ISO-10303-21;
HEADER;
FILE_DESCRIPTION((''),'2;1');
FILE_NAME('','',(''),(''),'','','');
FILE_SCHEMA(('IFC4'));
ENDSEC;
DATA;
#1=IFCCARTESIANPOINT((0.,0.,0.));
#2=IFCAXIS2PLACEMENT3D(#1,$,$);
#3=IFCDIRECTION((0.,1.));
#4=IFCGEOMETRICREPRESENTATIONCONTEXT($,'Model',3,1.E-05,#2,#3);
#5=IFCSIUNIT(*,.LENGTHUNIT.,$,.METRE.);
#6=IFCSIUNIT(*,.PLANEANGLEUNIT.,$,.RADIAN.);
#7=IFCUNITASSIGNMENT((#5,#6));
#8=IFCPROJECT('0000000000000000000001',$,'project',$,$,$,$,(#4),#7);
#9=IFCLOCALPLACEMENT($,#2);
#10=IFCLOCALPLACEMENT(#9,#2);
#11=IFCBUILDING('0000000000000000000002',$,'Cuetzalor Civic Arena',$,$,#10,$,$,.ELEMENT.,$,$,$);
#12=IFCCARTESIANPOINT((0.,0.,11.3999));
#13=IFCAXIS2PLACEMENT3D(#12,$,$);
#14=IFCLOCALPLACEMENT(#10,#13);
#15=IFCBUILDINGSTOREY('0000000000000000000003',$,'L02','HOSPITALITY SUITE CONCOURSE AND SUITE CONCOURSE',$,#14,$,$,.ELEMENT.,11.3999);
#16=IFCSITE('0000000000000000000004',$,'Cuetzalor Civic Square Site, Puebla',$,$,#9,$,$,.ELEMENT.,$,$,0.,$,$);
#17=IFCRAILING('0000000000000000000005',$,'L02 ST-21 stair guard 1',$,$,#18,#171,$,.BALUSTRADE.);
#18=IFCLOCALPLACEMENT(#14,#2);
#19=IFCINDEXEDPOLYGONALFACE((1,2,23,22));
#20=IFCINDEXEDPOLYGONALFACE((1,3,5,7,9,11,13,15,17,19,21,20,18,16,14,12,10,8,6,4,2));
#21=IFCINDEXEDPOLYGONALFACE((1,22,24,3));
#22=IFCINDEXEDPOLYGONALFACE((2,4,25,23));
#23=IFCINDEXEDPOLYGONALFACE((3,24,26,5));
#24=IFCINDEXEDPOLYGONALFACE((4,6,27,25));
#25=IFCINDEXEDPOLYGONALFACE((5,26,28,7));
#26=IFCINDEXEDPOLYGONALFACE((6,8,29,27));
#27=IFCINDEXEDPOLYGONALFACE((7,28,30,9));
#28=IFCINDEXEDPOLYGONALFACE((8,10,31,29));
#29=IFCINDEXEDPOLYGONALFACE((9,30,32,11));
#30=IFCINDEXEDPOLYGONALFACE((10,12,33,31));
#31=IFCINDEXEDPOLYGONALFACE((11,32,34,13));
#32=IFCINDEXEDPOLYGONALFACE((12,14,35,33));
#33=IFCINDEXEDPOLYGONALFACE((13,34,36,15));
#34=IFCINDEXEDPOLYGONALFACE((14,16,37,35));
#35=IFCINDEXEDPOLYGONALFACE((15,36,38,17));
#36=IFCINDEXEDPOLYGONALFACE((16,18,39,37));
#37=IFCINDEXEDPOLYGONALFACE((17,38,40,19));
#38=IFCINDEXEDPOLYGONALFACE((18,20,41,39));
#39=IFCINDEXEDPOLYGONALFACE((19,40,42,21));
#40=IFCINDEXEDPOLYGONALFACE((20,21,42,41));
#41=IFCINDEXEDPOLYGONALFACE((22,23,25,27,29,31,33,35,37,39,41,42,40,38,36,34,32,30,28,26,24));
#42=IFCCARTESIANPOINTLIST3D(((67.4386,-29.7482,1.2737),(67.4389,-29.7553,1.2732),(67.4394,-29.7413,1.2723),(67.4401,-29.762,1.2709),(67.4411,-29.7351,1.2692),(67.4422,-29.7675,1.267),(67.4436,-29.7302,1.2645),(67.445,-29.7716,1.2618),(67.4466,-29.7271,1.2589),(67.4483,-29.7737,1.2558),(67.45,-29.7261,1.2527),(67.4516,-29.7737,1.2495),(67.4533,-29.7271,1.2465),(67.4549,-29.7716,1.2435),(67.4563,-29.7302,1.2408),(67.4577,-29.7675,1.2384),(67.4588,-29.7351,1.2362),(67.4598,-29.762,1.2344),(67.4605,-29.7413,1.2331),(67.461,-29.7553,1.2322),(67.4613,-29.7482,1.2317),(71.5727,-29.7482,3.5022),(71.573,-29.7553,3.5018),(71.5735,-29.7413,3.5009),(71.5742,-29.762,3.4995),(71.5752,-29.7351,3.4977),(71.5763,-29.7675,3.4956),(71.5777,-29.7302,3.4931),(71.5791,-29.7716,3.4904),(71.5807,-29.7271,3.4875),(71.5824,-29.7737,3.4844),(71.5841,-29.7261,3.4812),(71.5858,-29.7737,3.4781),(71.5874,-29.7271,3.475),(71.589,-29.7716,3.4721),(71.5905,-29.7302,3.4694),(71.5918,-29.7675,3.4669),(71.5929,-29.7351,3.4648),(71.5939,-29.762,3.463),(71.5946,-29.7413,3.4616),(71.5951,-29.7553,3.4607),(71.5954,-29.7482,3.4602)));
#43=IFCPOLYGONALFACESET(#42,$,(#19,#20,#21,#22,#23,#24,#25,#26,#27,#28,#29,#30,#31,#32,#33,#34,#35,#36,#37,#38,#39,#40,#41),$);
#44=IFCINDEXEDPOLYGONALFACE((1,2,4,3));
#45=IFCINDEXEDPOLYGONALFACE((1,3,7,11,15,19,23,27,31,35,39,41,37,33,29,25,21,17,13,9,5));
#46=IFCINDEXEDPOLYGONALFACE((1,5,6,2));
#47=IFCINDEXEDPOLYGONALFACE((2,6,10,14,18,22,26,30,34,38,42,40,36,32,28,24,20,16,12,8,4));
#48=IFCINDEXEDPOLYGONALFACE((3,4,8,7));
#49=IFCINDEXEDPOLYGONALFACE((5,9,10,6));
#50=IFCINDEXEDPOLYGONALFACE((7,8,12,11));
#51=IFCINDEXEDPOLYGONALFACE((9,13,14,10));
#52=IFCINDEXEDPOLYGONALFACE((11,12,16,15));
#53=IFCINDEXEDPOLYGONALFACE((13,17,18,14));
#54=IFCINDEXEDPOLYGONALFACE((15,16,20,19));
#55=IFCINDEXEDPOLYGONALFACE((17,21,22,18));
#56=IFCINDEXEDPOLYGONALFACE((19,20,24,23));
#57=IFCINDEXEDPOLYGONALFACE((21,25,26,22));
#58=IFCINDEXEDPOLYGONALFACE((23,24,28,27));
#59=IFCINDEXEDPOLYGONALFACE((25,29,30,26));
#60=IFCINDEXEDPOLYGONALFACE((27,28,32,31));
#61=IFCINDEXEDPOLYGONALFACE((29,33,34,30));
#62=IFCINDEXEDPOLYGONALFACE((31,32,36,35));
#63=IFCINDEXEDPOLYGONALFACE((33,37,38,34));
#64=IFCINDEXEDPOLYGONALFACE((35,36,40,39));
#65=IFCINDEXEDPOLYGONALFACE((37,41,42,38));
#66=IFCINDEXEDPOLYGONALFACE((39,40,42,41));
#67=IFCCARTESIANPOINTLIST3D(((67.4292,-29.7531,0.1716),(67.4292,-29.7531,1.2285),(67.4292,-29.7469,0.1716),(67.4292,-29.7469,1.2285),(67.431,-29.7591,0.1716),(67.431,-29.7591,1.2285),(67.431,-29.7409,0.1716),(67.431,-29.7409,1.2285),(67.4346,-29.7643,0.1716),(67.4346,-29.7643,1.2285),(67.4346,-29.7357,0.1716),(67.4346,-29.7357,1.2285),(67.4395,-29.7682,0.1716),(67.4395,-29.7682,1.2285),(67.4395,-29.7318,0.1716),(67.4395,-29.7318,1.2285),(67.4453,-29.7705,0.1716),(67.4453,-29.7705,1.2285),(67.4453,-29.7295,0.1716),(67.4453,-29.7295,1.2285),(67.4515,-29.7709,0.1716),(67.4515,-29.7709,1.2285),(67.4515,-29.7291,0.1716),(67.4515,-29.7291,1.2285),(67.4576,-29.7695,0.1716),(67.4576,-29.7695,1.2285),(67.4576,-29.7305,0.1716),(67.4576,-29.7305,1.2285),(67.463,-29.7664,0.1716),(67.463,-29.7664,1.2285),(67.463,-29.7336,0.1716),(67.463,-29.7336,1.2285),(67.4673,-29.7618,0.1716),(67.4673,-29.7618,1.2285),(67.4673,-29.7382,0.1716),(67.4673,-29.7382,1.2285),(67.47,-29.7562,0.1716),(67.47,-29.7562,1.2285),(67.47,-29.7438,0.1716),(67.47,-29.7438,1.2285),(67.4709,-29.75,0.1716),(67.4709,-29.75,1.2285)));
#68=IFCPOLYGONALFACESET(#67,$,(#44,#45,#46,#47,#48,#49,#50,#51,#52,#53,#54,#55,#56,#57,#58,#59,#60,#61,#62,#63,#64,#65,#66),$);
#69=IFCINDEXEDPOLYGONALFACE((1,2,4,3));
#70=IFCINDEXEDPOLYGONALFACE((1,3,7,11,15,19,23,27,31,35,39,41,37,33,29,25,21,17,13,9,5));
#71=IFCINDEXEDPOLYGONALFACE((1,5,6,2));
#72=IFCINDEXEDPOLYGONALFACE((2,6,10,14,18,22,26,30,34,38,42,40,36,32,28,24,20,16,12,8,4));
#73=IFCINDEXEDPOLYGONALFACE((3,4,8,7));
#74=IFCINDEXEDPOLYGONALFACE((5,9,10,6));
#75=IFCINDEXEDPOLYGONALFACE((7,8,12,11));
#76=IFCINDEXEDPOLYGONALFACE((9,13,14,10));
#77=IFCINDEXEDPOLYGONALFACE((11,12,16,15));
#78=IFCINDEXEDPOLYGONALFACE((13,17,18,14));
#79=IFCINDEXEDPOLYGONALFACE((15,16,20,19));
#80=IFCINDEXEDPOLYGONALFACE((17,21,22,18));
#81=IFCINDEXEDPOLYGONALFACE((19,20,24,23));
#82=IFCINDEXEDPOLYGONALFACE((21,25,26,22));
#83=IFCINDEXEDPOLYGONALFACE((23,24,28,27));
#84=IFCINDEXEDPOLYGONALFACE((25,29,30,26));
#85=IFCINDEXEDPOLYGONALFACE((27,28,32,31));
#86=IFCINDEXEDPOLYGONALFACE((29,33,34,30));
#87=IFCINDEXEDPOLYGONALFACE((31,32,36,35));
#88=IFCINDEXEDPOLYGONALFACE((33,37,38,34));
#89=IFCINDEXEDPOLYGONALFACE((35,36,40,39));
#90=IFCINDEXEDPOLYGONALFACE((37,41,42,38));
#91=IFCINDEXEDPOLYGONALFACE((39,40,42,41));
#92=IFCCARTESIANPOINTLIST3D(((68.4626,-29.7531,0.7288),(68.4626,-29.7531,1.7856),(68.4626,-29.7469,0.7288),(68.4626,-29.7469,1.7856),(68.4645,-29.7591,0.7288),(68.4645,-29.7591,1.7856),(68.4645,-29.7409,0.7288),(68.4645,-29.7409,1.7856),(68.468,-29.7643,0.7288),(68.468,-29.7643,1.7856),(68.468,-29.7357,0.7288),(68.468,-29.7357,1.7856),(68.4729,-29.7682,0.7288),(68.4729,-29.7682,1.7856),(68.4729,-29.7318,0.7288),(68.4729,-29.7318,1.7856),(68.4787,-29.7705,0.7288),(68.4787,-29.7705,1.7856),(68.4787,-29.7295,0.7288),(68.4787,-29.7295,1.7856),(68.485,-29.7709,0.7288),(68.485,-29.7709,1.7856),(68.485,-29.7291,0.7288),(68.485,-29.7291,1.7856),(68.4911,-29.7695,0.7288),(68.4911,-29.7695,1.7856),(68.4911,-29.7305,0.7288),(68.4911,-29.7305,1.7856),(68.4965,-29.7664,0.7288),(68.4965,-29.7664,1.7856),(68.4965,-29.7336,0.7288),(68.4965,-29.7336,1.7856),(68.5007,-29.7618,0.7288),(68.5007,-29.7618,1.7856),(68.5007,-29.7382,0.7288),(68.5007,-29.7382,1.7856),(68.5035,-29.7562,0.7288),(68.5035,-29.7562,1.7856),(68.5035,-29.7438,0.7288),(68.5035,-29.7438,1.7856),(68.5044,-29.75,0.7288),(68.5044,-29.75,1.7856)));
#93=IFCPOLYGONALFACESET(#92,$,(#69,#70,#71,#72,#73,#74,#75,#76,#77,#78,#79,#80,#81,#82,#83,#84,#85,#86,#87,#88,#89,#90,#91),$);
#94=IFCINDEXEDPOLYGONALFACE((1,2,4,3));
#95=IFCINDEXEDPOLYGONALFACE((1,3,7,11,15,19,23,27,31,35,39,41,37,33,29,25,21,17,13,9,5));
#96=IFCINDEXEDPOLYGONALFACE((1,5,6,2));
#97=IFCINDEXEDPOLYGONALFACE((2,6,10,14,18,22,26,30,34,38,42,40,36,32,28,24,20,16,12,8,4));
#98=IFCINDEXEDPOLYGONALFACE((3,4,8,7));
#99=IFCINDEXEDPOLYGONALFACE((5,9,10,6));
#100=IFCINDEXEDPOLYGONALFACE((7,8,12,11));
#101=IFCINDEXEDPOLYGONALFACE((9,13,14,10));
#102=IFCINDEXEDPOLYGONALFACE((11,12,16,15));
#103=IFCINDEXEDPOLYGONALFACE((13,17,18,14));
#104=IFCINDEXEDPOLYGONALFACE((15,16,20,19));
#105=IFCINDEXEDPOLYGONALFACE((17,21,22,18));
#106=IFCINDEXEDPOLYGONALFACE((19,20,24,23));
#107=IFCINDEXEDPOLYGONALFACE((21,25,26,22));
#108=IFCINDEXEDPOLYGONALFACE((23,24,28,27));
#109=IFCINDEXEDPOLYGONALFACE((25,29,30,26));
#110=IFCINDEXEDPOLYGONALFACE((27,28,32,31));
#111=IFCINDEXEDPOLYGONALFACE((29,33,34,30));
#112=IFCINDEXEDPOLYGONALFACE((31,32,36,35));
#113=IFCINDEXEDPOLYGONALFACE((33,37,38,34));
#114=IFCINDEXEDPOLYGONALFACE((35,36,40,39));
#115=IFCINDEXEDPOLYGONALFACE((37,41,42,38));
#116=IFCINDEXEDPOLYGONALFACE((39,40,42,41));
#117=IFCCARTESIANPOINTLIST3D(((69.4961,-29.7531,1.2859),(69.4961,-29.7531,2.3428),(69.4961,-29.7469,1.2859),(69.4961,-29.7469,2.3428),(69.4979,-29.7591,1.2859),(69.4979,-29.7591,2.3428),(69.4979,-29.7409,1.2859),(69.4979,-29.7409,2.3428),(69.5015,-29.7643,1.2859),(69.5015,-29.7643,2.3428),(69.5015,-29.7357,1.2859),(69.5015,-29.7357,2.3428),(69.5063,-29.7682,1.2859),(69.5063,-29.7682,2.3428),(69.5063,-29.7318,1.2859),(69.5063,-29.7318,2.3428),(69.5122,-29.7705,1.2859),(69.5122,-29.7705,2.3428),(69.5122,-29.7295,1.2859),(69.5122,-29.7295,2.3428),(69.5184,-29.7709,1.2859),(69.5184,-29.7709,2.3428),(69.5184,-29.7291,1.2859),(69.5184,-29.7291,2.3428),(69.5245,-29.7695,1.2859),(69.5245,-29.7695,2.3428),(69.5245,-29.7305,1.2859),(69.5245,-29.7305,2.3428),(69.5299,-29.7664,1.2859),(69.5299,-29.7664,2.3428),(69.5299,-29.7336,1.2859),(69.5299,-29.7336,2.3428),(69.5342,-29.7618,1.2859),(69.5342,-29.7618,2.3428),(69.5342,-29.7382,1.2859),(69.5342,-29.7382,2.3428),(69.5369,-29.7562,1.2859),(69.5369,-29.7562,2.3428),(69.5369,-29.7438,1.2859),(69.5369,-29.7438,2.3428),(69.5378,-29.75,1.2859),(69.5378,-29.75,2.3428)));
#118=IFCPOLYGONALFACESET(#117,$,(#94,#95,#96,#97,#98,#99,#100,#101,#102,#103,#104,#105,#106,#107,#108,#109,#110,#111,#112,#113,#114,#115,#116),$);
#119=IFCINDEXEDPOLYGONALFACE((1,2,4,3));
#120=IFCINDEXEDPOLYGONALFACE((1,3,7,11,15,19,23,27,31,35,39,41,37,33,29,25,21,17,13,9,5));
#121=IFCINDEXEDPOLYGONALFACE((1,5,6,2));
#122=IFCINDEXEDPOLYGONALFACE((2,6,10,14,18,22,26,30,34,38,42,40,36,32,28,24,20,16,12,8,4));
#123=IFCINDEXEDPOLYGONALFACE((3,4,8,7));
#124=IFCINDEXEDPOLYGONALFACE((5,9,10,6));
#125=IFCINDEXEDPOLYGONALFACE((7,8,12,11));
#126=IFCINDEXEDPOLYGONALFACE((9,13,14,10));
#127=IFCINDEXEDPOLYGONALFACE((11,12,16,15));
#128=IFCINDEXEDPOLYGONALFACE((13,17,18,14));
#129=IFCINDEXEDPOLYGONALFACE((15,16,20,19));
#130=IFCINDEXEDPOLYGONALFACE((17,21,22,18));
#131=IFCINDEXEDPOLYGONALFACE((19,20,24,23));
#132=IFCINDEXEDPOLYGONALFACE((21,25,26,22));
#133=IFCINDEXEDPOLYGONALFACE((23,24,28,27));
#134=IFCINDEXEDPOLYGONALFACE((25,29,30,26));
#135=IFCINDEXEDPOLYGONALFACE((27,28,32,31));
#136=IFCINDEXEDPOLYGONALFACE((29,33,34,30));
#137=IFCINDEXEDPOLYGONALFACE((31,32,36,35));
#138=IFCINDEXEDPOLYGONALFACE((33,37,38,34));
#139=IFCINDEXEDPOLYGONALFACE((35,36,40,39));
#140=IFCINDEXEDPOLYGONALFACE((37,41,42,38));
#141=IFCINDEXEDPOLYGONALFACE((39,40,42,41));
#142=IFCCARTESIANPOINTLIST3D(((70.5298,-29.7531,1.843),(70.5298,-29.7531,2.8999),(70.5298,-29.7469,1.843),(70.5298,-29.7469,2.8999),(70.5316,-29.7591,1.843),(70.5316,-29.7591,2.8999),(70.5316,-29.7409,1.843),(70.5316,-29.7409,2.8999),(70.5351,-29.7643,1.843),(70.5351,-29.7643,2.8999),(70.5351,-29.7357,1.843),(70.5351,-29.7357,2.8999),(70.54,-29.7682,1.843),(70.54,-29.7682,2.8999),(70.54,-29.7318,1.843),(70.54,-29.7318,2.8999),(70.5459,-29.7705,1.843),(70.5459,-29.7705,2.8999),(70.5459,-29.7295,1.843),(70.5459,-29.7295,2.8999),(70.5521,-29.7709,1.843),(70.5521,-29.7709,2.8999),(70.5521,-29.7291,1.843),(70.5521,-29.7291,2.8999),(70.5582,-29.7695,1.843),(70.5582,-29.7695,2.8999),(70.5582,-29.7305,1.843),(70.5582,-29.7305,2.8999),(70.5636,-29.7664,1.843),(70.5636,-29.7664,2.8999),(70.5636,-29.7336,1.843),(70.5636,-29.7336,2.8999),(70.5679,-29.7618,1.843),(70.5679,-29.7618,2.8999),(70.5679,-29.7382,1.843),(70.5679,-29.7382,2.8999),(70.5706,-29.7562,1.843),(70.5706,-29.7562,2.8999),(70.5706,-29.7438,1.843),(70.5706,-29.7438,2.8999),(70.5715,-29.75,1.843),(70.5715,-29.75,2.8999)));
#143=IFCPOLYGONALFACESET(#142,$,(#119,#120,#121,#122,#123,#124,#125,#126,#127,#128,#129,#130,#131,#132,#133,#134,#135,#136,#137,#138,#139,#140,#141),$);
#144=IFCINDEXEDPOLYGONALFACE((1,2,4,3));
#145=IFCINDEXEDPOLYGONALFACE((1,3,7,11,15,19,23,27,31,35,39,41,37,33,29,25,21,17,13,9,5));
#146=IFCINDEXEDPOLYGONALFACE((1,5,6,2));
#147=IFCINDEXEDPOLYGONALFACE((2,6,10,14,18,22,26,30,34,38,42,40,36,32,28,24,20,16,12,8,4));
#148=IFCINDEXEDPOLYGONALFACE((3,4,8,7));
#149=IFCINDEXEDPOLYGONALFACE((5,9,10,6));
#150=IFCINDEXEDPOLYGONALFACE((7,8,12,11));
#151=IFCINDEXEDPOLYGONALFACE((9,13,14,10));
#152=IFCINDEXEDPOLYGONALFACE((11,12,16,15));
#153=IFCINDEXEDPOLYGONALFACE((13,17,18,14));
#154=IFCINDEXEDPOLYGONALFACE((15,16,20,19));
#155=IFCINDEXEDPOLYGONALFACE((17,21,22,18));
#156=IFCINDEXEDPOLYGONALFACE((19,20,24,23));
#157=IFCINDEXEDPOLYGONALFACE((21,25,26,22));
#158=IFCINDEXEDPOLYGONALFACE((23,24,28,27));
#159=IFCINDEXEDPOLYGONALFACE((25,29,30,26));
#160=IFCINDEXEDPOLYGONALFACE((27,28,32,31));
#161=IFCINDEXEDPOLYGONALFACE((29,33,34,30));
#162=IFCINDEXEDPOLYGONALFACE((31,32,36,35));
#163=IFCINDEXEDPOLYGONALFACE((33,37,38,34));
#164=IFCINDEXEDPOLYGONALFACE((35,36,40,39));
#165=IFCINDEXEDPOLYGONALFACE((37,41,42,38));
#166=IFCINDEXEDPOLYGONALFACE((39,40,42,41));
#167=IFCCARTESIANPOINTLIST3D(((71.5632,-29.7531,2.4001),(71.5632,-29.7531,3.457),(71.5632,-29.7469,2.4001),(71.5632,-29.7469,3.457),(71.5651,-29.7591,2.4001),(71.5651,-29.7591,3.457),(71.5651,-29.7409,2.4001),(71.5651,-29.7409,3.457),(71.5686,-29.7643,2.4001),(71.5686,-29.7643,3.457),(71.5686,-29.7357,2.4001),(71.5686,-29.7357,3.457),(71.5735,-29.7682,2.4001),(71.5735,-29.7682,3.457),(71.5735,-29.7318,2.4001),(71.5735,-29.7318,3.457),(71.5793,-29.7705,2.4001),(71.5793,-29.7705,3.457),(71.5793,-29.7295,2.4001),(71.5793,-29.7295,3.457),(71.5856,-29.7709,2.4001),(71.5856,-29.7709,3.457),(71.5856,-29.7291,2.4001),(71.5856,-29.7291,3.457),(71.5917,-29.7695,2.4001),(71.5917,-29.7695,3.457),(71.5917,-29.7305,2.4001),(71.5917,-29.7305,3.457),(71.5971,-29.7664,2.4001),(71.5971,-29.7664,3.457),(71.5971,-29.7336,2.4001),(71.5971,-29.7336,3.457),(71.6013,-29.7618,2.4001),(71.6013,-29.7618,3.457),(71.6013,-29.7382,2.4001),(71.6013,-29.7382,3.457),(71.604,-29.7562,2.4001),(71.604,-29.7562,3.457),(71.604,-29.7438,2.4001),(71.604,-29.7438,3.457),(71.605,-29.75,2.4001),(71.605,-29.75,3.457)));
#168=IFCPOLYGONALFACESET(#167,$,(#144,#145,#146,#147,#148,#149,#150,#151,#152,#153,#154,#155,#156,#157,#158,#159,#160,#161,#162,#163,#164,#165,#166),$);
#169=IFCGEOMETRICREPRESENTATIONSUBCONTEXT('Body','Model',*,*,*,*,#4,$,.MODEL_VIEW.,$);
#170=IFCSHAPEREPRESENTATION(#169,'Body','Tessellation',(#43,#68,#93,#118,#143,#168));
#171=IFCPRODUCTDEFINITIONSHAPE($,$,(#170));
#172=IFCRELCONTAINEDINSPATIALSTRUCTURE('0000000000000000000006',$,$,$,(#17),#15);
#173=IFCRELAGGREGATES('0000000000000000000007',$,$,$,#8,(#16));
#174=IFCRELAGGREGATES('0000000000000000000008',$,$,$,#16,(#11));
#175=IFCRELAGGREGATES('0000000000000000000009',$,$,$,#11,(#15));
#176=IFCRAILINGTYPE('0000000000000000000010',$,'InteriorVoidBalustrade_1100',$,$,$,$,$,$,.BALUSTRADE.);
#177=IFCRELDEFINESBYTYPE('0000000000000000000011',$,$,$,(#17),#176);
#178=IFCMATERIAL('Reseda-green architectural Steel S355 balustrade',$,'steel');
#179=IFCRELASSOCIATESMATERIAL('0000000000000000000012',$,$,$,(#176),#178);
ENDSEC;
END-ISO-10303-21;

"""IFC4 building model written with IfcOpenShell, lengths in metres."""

from ifc_helpers import new_model, si_unit, direction, frame, origin, origin_2d, place, context, subcontext, project, spatial, circle, extrude, material, type_object, element, save


model = new_model("IFC4")

# Units and contexts
model_context = context("Model", 3, precision=1e-05, world=origin(), true_north=direction((0.0, 1.0)))
body_context = subcontext(model_context, "Body", "Model", "MODEL_VIEW")
ifc_project = project(units=[si_unit("LENGTHUNIT", "METRE"), si_unit("PLANEANGLEUNIT", "RADIAN")], contexts=[model_context])

# Site, building, storey
site_placement = place(None, origin())
site = spatial("IfcSite", under=ifc_project, at=site_placement, Name="Cuetzalor Civic Square Site, Puebla", CompositionType="ELEMENT", RefElevation=0.0)
building_placement = place(site_placement, origin())
building = spatial("IfcBuilding", under=site, at=building_placement, Name="Cuetzalor Civic Arena", CompositionType="ELEMENT")
storey_placement = place(building_placement, frame((0.0, 0.0, 11.3999)))
storey = spatial("IfcBuildingStorey", under=building, at=storey_placement, Name="L02", Description="HOSPITALITY SUITE CONCOURSE AND SUITE CONCOURSE", CompositionType="ELEMENT", Elevation=11.3999)

# Railing
ifc_material_1 = material(Name="Reseda-green architectural Steel S355 balustrade", Category="steel")
railing_type_1 = type_object("IfcRailingType", Name="InteriorVoidBalustrade_1100", PredefinedType="BALUSTRADE", material=ifc_material_1)
railing_1_placement = place(storey_placement, frame((67.45, -29.75, 0.1716)))
element("IfcRailing", 1, at=railing_1_placement, inside=storey, type_object=railing_type_1, Name="L02 ST-21 stair guard 1", PredefinedType="BALUSTRADE", context=body_context, shape_type="SweptSolid", body=[
    extrude(circle(Radius=0.0239, at=origin_2d()), frame((0.0, 0.0, 1.0811), z_axis=(0.880249, 0.0, 0.474512), x_axis=(0.0, 1.0, 0.0)), (0.0, 0.0, 1.0), 4.6965),
    extrude(circle(Radius=0.021, at=origin_2d()), origin(), (0.0, 0.0, 1.0), 1.0569),
    extrude(circle(Radius=0.021, at=origin_2d()), frame((1.0334, 0.0, 0.5571)), (0.0, 0.0, 1.0), 1.0569),
    extrude(circle(Radius=0.021, at=origin_2d()), frame((2.0669, 0.0, 1.1143)), (0.0, 0.0, 1.0), 1.0569),
    extrude(circle(Radius=0.021, at=origin_2d()), frame((3.1006, 0.0, 1.6714)), (0.0, 0.0, 1.0), 1.0569),
    extrude(circle(Radius=0.021, at=origin_2d()), frame((4.134, 0.0, 2.2285)), (0.0, 0.0, 1.0), 1.0569),
])

save(model, "model.ifc")
